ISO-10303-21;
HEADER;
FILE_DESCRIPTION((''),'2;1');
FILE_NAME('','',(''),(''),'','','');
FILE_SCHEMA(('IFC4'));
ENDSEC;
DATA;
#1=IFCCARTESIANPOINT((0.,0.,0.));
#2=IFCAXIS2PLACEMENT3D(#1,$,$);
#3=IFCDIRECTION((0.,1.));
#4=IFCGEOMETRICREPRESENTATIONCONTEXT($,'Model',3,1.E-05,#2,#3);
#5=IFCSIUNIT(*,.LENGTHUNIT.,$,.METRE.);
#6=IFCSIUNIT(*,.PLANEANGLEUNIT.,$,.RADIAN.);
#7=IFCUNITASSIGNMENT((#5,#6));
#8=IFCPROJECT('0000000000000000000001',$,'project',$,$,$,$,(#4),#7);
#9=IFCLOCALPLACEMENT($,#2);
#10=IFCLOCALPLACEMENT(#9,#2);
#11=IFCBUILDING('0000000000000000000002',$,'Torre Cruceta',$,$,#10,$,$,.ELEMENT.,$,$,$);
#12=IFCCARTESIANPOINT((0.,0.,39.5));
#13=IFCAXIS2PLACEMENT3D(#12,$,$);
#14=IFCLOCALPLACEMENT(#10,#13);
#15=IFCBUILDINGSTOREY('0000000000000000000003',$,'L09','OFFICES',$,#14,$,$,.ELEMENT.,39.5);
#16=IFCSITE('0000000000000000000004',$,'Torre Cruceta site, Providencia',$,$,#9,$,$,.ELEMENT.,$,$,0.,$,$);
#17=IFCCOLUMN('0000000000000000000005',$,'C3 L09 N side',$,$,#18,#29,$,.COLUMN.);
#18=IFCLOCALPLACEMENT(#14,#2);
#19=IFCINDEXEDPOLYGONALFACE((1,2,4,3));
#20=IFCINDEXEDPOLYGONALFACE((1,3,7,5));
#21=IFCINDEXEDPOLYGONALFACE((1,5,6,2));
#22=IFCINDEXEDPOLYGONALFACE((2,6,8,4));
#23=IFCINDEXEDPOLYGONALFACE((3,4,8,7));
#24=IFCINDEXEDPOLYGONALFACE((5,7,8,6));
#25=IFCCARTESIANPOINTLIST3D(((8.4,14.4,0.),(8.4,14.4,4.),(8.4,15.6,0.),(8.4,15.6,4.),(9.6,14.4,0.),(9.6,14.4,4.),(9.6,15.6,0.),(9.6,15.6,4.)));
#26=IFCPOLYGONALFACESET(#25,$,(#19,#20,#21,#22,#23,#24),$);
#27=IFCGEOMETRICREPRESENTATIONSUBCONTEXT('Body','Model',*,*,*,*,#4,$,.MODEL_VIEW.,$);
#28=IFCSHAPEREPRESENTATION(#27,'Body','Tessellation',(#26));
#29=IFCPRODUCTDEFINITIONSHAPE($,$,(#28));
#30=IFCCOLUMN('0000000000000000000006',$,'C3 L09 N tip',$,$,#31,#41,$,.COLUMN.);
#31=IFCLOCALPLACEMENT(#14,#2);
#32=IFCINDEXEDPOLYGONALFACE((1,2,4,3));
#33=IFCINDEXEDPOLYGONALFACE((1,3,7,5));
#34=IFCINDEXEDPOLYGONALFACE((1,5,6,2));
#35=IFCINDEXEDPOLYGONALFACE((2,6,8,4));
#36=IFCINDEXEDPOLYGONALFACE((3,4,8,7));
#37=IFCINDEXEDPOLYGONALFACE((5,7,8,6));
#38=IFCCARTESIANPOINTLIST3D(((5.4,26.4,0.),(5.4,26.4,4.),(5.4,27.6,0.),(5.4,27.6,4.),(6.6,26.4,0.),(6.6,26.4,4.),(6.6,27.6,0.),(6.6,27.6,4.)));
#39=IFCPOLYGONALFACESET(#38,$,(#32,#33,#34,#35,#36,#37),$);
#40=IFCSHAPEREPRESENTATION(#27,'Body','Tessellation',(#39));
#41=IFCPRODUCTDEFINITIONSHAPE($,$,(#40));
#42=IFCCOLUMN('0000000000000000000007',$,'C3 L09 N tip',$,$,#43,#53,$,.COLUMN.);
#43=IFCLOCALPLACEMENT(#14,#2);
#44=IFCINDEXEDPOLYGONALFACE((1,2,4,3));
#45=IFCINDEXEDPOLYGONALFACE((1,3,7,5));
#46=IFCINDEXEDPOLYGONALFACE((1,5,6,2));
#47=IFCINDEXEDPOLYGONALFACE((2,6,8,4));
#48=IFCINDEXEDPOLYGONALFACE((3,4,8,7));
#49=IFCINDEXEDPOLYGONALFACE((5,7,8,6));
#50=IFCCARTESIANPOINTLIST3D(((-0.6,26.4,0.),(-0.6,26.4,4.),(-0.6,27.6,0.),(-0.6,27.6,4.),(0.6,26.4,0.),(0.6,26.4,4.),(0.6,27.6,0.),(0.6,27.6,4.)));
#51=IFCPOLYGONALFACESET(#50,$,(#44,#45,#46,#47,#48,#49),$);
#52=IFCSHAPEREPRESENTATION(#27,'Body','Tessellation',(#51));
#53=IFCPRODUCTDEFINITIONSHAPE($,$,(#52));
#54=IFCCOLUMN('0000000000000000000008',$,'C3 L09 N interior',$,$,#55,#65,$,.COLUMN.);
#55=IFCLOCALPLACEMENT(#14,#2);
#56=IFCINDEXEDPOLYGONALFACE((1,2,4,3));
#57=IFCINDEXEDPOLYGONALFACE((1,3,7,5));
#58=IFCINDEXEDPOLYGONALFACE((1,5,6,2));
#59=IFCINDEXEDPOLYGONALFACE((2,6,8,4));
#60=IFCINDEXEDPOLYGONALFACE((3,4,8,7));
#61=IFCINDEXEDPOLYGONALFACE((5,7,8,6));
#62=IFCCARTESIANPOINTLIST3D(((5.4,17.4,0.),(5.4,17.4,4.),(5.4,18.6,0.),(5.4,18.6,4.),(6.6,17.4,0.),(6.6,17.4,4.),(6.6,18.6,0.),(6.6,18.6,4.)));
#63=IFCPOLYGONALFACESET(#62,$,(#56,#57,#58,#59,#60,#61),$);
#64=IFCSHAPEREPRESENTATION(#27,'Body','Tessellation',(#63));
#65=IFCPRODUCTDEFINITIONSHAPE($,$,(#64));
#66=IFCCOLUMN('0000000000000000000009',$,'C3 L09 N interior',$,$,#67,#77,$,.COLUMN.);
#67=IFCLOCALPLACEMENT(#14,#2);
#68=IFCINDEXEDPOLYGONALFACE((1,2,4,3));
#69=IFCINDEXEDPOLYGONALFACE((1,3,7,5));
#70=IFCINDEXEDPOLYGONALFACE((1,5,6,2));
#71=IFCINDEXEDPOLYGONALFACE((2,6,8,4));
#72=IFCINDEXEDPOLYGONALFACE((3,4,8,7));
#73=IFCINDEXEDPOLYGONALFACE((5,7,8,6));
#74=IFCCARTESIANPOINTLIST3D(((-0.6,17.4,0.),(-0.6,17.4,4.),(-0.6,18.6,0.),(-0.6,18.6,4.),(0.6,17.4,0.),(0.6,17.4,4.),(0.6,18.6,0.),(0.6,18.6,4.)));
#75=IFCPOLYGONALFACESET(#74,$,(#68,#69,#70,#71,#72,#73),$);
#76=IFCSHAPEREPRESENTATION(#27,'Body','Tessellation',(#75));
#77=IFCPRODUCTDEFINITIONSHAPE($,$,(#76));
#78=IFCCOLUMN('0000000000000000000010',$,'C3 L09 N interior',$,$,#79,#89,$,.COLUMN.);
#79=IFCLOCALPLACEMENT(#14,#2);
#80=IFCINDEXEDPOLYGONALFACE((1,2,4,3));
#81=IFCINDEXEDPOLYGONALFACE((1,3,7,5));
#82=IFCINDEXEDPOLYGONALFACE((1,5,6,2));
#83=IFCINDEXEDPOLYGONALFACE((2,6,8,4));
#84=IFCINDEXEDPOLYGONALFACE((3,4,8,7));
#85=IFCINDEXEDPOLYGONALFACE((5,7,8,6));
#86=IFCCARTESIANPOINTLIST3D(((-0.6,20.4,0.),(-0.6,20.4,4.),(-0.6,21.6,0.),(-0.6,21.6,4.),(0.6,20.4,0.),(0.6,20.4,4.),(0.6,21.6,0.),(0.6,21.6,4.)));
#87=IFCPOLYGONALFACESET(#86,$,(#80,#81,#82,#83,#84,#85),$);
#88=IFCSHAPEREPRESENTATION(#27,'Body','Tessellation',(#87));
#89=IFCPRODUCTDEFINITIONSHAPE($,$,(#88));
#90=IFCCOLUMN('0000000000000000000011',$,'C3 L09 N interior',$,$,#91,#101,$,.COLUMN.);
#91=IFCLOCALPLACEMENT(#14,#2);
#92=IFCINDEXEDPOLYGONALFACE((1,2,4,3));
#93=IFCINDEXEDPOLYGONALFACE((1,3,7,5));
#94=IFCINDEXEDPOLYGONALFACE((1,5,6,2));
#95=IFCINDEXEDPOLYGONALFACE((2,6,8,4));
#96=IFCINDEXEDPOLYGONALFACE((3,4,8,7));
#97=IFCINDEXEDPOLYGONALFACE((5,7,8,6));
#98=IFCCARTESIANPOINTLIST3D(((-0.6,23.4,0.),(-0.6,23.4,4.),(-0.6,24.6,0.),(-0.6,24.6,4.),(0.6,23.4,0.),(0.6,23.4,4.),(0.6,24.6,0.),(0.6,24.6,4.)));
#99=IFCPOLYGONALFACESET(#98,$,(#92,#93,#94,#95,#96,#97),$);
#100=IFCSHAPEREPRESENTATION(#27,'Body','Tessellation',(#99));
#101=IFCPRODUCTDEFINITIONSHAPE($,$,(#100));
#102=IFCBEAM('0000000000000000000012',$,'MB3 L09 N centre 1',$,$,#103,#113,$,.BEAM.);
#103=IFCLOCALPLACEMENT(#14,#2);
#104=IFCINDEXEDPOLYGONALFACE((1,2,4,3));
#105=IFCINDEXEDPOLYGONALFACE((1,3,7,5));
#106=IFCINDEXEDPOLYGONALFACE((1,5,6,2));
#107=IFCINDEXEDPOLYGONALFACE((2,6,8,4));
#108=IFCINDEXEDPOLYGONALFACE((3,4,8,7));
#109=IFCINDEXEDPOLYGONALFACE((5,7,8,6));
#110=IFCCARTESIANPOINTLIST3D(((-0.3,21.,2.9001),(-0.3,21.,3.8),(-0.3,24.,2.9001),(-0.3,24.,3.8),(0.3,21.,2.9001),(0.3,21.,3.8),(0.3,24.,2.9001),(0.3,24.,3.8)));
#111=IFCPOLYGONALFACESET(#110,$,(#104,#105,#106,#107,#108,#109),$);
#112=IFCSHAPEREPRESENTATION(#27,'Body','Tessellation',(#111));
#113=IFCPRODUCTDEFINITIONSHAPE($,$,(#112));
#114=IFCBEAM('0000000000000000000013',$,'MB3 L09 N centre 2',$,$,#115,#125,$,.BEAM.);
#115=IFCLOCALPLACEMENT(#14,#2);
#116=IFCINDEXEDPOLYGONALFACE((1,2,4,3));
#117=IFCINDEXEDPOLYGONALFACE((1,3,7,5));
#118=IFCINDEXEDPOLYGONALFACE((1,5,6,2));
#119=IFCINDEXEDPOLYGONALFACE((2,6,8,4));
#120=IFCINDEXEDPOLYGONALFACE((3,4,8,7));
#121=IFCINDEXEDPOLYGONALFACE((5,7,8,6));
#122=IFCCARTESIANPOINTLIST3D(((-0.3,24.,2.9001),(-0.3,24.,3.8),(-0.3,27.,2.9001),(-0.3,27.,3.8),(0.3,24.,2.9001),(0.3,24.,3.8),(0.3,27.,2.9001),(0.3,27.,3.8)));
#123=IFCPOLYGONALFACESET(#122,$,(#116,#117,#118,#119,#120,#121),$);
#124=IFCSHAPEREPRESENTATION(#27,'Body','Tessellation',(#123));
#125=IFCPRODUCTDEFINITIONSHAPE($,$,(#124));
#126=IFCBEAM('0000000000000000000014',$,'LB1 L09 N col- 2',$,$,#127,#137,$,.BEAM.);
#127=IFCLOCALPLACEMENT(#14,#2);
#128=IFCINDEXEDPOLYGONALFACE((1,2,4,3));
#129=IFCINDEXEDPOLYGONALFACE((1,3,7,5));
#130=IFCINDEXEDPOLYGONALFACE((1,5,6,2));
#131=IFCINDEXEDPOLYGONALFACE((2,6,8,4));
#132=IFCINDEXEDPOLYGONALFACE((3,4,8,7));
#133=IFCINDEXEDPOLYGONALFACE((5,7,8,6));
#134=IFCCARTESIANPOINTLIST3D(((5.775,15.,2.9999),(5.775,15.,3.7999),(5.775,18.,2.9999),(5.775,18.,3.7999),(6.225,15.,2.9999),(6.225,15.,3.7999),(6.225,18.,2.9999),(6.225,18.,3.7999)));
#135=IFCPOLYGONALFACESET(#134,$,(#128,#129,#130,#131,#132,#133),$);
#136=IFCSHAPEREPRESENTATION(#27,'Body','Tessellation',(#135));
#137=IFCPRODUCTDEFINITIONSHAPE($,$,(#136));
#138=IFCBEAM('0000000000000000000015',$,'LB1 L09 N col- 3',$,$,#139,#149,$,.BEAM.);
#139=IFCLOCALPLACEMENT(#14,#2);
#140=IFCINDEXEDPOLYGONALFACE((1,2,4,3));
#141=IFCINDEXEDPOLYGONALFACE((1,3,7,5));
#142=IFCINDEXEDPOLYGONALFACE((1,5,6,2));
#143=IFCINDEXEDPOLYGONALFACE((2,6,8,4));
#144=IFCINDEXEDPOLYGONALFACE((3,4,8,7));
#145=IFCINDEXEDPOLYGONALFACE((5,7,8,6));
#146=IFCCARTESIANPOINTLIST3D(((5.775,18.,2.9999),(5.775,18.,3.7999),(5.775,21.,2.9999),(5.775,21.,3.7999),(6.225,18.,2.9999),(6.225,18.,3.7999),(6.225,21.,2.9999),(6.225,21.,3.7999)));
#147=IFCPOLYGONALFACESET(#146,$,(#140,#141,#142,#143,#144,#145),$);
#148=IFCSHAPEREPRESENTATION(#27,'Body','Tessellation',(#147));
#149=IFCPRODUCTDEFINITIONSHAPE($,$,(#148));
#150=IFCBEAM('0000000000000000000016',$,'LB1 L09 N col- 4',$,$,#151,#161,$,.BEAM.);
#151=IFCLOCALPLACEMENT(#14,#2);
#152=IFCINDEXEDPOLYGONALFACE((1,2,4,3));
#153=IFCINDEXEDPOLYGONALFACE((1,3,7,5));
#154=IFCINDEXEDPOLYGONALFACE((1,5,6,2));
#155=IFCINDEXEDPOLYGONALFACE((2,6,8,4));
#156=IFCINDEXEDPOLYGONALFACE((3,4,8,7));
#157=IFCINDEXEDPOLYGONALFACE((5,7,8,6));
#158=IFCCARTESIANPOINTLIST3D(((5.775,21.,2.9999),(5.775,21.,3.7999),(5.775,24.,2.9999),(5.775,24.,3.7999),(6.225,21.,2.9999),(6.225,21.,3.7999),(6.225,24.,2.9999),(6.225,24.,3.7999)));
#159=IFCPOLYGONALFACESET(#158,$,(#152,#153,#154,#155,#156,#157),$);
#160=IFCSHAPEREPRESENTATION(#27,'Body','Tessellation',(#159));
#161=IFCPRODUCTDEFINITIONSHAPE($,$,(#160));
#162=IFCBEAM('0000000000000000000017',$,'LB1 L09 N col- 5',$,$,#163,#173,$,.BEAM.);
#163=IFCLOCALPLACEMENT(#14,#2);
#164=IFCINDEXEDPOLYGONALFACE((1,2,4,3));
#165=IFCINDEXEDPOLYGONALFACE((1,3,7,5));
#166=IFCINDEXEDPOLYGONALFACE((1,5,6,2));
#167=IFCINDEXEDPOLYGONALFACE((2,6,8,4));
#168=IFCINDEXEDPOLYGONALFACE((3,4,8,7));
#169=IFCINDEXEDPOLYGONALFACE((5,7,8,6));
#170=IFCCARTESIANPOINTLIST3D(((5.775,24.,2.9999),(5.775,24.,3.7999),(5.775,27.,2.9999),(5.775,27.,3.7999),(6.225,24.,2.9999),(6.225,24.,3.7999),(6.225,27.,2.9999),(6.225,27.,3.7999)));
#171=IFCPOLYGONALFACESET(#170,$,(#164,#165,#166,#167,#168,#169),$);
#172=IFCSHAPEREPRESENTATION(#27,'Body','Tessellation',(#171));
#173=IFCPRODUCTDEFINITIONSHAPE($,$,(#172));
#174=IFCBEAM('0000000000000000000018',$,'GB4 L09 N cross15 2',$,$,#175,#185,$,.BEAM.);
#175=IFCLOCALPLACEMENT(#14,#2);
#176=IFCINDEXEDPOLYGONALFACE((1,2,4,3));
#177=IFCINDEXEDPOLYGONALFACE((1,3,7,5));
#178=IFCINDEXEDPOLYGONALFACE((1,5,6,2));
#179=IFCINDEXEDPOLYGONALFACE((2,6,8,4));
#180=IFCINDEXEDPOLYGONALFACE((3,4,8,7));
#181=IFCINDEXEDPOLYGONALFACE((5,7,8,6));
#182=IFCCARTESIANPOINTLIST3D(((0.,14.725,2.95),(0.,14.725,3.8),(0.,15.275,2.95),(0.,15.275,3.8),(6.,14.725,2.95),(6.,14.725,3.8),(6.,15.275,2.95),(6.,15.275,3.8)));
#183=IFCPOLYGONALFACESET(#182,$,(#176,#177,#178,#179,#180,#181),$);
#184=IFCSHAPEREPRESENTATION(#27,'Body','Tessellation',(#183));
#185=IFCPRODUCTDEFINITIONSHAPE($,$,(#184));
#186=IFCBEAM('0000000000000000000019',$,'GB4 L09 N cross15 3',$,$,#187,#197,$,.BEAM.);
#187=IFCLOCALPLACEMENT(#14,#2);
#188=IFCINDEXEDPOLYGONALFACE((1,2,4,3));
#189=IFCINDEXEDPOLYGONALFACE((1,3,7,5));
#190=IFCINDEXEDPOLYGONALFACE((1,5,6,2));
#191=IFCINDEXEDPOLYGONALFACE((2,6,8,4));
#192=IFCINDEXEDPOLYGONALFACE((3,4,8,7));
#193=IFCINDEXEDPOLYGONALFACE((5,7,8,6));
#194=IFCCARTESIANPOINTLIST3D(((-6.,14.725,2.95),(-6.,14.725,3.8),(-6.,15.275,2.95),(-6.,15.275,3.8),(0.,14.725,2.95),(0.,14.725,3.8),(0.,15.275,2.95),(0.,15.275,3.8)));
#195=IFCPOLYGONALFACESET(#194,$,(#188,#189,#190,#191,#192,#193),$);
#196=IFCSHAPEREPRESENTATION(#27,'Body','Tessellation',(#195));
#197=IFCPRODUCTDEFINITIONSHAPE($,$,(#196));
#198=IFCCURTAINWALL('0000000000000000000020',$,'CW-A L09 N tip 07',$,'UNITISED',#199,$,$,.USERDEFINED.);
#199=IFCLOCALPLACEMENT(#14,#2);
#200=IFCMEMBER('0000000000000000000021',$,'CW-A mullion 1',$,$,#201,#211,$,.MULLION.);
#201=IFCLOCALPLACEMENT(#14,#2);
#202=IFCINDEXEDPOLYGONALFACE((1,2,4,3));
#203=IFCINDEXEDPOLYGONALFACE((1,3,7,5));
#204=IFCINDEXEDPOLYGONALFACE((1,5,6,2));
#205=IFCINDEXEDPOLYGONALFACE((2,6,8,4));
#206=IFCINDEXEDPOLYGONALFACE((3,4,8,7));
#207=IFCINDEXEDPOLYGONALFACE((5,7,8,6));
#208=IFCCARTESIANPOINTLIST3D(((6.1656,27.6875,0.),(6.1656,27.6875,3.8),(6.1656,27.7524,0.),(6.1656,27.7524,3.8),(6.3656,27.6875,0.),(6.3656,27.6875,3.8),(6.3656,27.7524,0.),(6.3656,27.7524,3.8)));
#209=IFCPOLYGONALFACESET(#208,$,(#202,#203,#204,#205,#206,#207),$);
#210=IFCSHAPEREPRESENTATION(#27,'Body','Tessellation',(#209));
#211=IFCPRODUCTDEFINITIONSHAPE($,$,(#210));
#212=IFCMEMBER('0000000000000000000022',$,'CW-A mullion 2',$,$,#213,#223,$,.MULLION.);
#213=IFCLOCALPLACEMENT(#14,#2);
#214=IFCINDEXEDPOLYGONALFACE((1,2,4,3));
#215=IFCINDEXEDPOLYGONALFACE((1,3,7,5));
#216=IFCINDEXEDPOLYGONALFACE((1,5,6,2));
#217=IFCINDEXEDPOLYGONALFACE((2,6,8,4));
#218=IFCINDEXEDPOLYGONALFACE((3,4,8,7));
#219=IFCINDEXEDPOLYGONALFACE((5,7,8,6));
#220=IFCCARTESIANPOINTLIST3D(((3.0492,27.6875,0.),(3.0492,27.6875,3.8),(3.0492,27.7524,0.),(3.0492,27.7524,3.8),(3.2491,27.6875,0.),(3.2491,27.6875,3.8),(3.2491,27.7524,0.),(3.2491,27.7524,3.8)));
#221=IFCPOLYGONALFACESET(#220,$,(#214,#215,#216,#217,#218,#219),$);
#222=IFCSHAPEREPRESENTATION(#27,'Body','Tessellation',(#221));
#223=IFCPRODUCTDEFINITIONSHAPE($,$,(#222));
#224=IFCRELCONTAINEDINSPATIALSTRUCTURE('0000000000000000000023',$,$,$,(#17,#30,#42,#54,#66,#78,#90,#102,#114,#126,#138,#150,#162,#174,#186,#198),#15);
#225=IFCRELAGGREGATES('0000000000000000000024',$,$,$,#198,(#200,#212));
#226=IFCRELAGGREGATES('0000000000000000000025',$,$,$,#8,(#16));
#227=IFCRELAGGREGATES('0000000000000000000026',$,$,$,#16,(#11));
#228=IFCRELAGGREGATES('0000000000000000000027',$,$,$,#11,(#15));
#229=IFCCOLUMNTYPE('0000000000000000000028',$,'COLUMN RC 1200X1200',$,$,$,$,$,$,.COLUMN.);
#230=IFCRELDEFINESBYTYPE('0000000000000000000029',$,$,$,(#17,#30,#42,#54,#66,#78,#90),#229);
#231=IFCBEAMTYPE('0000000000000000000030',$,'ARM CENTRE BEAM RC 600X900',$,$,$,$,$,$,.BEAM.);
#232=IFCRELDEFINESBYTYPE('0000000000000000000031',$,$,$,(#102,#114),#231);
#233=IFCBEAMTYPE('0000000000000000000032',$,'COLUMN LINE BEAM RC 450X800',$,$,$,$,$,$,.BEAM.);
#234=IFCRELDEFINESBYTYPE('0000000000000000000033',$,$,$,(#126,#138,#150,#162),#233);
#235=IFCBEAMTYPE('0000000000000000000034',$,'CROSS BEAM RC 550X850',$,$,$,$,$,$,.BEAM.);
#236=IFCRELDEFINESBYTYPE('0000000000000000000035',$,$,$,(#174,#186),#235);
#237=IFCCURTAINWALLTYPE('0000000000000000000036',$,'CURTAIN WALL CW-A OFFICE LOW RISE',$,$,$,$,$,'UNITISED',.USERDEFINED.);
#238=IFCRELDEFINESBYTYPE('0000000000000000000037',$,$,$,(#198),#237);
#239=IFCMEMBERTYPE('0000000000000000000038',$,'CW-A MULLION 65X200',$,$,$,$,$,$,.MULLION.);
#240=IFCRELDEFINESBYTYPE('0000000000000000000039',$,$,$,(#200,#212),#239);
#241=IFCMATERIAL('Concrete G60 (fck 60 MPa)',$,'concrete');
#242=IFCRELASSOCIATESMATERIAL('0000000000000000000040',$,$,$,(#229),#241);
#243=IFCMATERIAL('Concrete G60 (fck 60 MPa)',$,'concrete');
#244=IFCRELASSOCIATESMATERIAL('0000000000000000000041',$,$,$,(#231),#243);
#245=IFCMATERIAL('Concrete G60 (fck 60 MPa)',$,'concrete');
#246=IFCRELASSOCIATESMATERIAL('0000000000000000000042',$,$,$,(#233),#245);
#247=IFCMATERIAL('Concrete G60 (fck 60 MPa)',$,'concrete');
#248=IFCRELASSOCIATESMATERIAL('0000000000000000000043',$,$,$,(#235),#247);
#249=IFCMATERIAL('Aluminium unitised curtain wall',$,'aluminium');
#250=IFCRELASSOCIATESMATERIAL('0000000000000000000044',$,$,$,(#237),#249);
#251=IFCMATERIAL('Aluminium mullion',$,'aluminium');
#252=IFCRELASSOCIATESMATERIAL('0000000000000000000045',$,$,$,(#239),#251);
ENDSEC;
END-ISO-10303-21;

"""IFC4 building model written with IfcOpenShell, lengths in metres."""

from ifc_helpers import new_model, si_unit, direction, frame, origin, origin_2d, place, context, subcontext, project, spatial, rectangle, extrude, material, material_profile, profile_set, type_object, element, aggregate, save


model = new_model("IFC4")

# Units and contexts
model_context = context("Model", 3, precision=1e-05, world=origin(), true_north=direction((0.0, 1.0)))
body_context = subcontext(model_context, "Body", "Model", "MODEL_VIEW")
ifc_project = project(units=[si_unit("LENGTHUNIT", "METRE"), si_unit("PLANEANGLEUNIT", "RADIAN")], contexts=[model_context])

# Site, building, storey
site_placement = place(None, origin())
site = spatial("IfcSite", under=ifc_project, at=site_placement, Name="Torre Cruceta site, Providencia", CompositionType="ELEMENT", RefElevation=0.0)
building_placement = place(site_placement, origin())
building = spatial("IfcBuilding", under=site, at=building_placement, Name="Torre Cruceta", CompositionType="ELEMENT")
storey_placement = place(building_placement, frame((0.0, 0.0, 39.5)))
storey = spatial("IfcBuildingStorey", under=building, at=storey_placement, Name="L09", Description="OFFICES", CompositionType="ELEMENT", Elevation=39.5)

# Columns
ifc_material_1 = material(Name="Concrete G60 (fck 60 MPa)", Category="concrete")
ifc_material_profile_1 = material_profile(ifc_material_1, rectangle(XDim=1.2, YDim=1.2, at=origin_2d()), Name="RC 1200X1200")
ifc_profile_set_1 = profile_set([ifc_material_profile_1], Name="Concrete G60 (fck 60 MPa)")
column_type = type_object("IfcColumnType", Name="COLUMN RC 1200X1200", PredefinedType="COLUMN", material=ifc_profile_set_1)
for number, where, z_axis, x_axis, name in (
    (1, (9.0, 15.0, 0.0), (0.0, 0.0, 1.0), (1.0, 0.0, 0.0), "C3 L09 N side"),
    (2, (6.0, 27.0, 0.0), (0.0, 0.0, 1.0), (1.0, 0.0, 0.0), "C3 L09 N tip"),
    (3, (0.0, 27.0, 0.0), (0.0, 0.0, 1.0), (1.0, 0.0, 0.0), "C3 L09 N tip"),
    (4, (6.0, 18.0, 0.0), (0.0, 0.0, 1.0), (1.0, 0.0, 0.0), "C3 L09 N interior"),
    (5, (0.0, 18.0, 0.0), (0.0, 0.0, 1.0), (1.0, 0.0, 0.0), "C3 L09 N interior"),
    (6, (0.0, 21.0, 0.0), (0.0, 0.0, 1.0), (1.0, 0.0, 0.0), "C3 L09 N interior"),
    (7, (0.0, 24.0, 0.0), (0.0, 0.0, 1.0), (1.0, 0.0, 0.0), "C3 L09 N interior"),
):
    element("IfcColumn", number, at=place(storey_placement, frame(where, z_axis=z_axis, x_axis=x_axis)), inside=storey, type_object=column_type, Name=name, PredefinedType="COLUMN", context=body_context, shape_type="SweptSolid", body=[
        extrude(rectangle(XDim=1.2, YDim=1.2, at=origin_2d()), origin(), (0.0, 0.0, 1.0), 4.0),
    ])

# Beams
ifc_material_2 = material(Name="Concrete G60 (fck 60 MPa)", Category="concrete")
ifc_material_profile_2 = material_profile(ifc_material_2, rectangle(XDim=0.6001, YDim=0.8999, at=origin_2d()), Name="RC 600X900")
ifc_profile_set_2 = profile_set([ifc_material_profile_2], Name="Concrete G60 (fck 60 MPa)")
beam_type_1 = type_object("IfcBeamType", Name="ARM CENTRE BEAM RC 600X900", PredefinedType="BEAM", material=ifc_profile_set_2)
for number, where, z_axis, x_axis, name in (
    (8, (0.0, 21.0, 3.3501), (0.0, 1.0, 0.0), (-1.0, 0.0, 0.0), "MB3 L09 N centre 1"),
    (9, (0.0, 24.0, 3.3501), (0.0, 1.0, 0.0), (-1.0, 0.0, 0.0), "MB3 L09 N centre 2"),
):
    element("IfcBeam", number, at=place(storey_placement, frame(where, z_axis=z_axis, x_axis=x_axis)), inside=storey, type_object=beam_type_1, Name=name, PredefinedType="BEAM", context=body_context, shape_type="SweptSolid", body=[
        extrude(rectangle(XDim=0.6001, YDim=0.8999, at=origin_2d()), origin(), (0.0, 0.0, 1.0), 3.0),
    ])
ifc_material_3 = material(Name="Concrete G60 (fck 60 MPa)", Category="concrete")
ifc_material_profile_3 = material_profile(ifc_material_3, rectangle(XDim=0.45, YDim=0.8, at=origin_2d()), Name="RC 450X800")
ifc_profile_set_3 = profile_set([ifc_material_profile_3], Name="Concrete G60 (fck 60 MPa)")
beam_type_2 = type_object("IfcBeamType", Name="COLUMN LINE BEAM RC 450X800", PredefinedType="BEAM", material=ifc_profile_set_3)
for number, where, z_axis, x_axis, name in (
    (10, (6.0, 15.0, 3.3999), (0.0, 1.0, 0.0), (-1.0, 0.0, 0.0), "LB1 L09 N col- 2"),
    (11, (6.0, 18.0, 3.3999), (0.0, 1.0, 0.0), (-1.0, 0.0, 0.0), "LB1 L09 N col- 3"),
    (12, (6.0, 21.0, 3.3999), (0.0, 1.0, 0.0), (-1.0, 0.0, 0.0), "LB1 L09 N col- 4"),
    (13, (6.0, 24.0, 3.3999), (0.0, 1.0, 0.0), (-1.0, 0.0, 0.0), "LB1 L09 N col- 5"),
):
    element("IfcBeam", number, at=place(storey_placement, frame(where, z_axis=z_axis, x_axis=x_axis)), inside=storey, type_object=beam_type_2, Name=name, PredefinedType="BEAM", context=body_context, shape_type="SweptSolid", body=[
        extrude(rectangle(XDim=0.45, YDim=0.8, at=origin_2d()), origin(), (0.0, 0.0, 1.0), 3.0),
    ])
ifc_material_4 = material(Name="Concrete G60 (fck 60 MPa)", Category="concrete")
ifc_material_profile_4 = material_profile(ifc_material_4, rectangle(XDim=0.55, YDim=0.8501, at=origin_2d()), Name="RC 550X850")
ifc_profile_set_4 = profile_set([ifc_material_profile_4], Name="Concrete G60 (fck 60 MPa)")
beam_type_3 = type_object("IfcBeamType", Name="CROSS BEAM RC 550X850", PredefinedType="BEAM", material=ifc_profile_set_4)
for number, where, z_axis, x_axis, name in (
    (14, (6.0, 15.0, 3.375), (-1.0, 0.0, 0.0), (0.0, -1.0, 0.0), "GB4 L09 N cross15 2"),
    (15, (0.0, 15.0, 3.375), (-1.0, 0.0, 0.0), (0.0, -1.0, 0.0), "GB4 L09 N cross15 3"),
):
    element("IfcBeam", number, at=place(storey_placement, frame(where, z_axis=z_axis, x_axis=x_axis)), inside=storey, type_object=beam_type_3, Name=name, PredefinedType="BEAM", context=body_context, shape_type="SweptSolid", body=[
        extrude(rectangle(XDim=0.55, YDim=0.8501, at=origin_2d()), origin(), (0.0, 0.0, 1.0), 6.0),
    ])

# Curtain wall, members
ifc_material_5 = material(Name="Aluminium unitised curtain wall", Category="aluminium")
curtain_wall_type = type_object("IfcCurtainWallType", Name="CURTAIN WALL CW-A OFFICE LOW RISE", ElementType="UNITISED", PredefinedType="USERDEFINED", material=ifc_material_5)
curtain_wall_placement = place(storey_placement, origin())
curtain_wall = element("IfcCurtainWall", 16, at=curtain_wall_placement, inside=storey, type_object=curtain_wall_type, Name="CW-A L09 N tip 07", ObjectType="UNITISED", PredefinedType="USERDEFINED")
ifc_material_6 = material(Name="Aluminium mullion", Category="aluminium")
ifc_material_profile_5 = material_profile(ifc_material_6, rectangle(XDim=0.0649, YDim=0.2, at=origin_2d()), Name="AL 65X200")
ifc_profile_set_5 = profile_set([ifc_material_profile_5], Name="Aluminium mullion")
member_type_1 = type_object("IfcMemberType", Name="CW-A MULLION 65X200", PredefinedType="MULLION", material=ifc_profile_set_5)
member_1_placement = place(storey_placement, frame((6.2656, 27.72, 0.0), z_axis=(0.0, 0.0, 1.0), x_axis=(0.0, -1.0, 0.0)))
member_1 = element("IfcMember", 17, at=member_1_placement, type_object=member_type_1, Name="CW-A mullion 1", PredefinedType="MULLION", context=body_context, shape_type="SweptSolid", body=[
    extrude(rectangle(XDim=0.0649, YDim=0.2, at=origin_2d()), origin(), (0.0, 0.0, 1.0), 3.8),
])
member_2_placement = place(storey_placement, frame((3.1492, 27.72, 0.0), z_axis=(0.0, 0.0, 1.0), x_axis=(0.0, -1.0, 0.0)))
member_2 = element("IfcMember", 18, at=member_2_placement, type_object=member_type_1, Name="CW-A mullion 2", PredefinedType="MULLION", context=body_context, shape_type="SweptSolid", body=[
    extrude(rectangle(XDim=0.0649, YDim=0.2, at=origin_2d()), origin(), (0.0, 0.0, 1.0), 3.8),
])

aggregate(curtain_wall, [member_1, member_2])

save(model, "model.ifc")
